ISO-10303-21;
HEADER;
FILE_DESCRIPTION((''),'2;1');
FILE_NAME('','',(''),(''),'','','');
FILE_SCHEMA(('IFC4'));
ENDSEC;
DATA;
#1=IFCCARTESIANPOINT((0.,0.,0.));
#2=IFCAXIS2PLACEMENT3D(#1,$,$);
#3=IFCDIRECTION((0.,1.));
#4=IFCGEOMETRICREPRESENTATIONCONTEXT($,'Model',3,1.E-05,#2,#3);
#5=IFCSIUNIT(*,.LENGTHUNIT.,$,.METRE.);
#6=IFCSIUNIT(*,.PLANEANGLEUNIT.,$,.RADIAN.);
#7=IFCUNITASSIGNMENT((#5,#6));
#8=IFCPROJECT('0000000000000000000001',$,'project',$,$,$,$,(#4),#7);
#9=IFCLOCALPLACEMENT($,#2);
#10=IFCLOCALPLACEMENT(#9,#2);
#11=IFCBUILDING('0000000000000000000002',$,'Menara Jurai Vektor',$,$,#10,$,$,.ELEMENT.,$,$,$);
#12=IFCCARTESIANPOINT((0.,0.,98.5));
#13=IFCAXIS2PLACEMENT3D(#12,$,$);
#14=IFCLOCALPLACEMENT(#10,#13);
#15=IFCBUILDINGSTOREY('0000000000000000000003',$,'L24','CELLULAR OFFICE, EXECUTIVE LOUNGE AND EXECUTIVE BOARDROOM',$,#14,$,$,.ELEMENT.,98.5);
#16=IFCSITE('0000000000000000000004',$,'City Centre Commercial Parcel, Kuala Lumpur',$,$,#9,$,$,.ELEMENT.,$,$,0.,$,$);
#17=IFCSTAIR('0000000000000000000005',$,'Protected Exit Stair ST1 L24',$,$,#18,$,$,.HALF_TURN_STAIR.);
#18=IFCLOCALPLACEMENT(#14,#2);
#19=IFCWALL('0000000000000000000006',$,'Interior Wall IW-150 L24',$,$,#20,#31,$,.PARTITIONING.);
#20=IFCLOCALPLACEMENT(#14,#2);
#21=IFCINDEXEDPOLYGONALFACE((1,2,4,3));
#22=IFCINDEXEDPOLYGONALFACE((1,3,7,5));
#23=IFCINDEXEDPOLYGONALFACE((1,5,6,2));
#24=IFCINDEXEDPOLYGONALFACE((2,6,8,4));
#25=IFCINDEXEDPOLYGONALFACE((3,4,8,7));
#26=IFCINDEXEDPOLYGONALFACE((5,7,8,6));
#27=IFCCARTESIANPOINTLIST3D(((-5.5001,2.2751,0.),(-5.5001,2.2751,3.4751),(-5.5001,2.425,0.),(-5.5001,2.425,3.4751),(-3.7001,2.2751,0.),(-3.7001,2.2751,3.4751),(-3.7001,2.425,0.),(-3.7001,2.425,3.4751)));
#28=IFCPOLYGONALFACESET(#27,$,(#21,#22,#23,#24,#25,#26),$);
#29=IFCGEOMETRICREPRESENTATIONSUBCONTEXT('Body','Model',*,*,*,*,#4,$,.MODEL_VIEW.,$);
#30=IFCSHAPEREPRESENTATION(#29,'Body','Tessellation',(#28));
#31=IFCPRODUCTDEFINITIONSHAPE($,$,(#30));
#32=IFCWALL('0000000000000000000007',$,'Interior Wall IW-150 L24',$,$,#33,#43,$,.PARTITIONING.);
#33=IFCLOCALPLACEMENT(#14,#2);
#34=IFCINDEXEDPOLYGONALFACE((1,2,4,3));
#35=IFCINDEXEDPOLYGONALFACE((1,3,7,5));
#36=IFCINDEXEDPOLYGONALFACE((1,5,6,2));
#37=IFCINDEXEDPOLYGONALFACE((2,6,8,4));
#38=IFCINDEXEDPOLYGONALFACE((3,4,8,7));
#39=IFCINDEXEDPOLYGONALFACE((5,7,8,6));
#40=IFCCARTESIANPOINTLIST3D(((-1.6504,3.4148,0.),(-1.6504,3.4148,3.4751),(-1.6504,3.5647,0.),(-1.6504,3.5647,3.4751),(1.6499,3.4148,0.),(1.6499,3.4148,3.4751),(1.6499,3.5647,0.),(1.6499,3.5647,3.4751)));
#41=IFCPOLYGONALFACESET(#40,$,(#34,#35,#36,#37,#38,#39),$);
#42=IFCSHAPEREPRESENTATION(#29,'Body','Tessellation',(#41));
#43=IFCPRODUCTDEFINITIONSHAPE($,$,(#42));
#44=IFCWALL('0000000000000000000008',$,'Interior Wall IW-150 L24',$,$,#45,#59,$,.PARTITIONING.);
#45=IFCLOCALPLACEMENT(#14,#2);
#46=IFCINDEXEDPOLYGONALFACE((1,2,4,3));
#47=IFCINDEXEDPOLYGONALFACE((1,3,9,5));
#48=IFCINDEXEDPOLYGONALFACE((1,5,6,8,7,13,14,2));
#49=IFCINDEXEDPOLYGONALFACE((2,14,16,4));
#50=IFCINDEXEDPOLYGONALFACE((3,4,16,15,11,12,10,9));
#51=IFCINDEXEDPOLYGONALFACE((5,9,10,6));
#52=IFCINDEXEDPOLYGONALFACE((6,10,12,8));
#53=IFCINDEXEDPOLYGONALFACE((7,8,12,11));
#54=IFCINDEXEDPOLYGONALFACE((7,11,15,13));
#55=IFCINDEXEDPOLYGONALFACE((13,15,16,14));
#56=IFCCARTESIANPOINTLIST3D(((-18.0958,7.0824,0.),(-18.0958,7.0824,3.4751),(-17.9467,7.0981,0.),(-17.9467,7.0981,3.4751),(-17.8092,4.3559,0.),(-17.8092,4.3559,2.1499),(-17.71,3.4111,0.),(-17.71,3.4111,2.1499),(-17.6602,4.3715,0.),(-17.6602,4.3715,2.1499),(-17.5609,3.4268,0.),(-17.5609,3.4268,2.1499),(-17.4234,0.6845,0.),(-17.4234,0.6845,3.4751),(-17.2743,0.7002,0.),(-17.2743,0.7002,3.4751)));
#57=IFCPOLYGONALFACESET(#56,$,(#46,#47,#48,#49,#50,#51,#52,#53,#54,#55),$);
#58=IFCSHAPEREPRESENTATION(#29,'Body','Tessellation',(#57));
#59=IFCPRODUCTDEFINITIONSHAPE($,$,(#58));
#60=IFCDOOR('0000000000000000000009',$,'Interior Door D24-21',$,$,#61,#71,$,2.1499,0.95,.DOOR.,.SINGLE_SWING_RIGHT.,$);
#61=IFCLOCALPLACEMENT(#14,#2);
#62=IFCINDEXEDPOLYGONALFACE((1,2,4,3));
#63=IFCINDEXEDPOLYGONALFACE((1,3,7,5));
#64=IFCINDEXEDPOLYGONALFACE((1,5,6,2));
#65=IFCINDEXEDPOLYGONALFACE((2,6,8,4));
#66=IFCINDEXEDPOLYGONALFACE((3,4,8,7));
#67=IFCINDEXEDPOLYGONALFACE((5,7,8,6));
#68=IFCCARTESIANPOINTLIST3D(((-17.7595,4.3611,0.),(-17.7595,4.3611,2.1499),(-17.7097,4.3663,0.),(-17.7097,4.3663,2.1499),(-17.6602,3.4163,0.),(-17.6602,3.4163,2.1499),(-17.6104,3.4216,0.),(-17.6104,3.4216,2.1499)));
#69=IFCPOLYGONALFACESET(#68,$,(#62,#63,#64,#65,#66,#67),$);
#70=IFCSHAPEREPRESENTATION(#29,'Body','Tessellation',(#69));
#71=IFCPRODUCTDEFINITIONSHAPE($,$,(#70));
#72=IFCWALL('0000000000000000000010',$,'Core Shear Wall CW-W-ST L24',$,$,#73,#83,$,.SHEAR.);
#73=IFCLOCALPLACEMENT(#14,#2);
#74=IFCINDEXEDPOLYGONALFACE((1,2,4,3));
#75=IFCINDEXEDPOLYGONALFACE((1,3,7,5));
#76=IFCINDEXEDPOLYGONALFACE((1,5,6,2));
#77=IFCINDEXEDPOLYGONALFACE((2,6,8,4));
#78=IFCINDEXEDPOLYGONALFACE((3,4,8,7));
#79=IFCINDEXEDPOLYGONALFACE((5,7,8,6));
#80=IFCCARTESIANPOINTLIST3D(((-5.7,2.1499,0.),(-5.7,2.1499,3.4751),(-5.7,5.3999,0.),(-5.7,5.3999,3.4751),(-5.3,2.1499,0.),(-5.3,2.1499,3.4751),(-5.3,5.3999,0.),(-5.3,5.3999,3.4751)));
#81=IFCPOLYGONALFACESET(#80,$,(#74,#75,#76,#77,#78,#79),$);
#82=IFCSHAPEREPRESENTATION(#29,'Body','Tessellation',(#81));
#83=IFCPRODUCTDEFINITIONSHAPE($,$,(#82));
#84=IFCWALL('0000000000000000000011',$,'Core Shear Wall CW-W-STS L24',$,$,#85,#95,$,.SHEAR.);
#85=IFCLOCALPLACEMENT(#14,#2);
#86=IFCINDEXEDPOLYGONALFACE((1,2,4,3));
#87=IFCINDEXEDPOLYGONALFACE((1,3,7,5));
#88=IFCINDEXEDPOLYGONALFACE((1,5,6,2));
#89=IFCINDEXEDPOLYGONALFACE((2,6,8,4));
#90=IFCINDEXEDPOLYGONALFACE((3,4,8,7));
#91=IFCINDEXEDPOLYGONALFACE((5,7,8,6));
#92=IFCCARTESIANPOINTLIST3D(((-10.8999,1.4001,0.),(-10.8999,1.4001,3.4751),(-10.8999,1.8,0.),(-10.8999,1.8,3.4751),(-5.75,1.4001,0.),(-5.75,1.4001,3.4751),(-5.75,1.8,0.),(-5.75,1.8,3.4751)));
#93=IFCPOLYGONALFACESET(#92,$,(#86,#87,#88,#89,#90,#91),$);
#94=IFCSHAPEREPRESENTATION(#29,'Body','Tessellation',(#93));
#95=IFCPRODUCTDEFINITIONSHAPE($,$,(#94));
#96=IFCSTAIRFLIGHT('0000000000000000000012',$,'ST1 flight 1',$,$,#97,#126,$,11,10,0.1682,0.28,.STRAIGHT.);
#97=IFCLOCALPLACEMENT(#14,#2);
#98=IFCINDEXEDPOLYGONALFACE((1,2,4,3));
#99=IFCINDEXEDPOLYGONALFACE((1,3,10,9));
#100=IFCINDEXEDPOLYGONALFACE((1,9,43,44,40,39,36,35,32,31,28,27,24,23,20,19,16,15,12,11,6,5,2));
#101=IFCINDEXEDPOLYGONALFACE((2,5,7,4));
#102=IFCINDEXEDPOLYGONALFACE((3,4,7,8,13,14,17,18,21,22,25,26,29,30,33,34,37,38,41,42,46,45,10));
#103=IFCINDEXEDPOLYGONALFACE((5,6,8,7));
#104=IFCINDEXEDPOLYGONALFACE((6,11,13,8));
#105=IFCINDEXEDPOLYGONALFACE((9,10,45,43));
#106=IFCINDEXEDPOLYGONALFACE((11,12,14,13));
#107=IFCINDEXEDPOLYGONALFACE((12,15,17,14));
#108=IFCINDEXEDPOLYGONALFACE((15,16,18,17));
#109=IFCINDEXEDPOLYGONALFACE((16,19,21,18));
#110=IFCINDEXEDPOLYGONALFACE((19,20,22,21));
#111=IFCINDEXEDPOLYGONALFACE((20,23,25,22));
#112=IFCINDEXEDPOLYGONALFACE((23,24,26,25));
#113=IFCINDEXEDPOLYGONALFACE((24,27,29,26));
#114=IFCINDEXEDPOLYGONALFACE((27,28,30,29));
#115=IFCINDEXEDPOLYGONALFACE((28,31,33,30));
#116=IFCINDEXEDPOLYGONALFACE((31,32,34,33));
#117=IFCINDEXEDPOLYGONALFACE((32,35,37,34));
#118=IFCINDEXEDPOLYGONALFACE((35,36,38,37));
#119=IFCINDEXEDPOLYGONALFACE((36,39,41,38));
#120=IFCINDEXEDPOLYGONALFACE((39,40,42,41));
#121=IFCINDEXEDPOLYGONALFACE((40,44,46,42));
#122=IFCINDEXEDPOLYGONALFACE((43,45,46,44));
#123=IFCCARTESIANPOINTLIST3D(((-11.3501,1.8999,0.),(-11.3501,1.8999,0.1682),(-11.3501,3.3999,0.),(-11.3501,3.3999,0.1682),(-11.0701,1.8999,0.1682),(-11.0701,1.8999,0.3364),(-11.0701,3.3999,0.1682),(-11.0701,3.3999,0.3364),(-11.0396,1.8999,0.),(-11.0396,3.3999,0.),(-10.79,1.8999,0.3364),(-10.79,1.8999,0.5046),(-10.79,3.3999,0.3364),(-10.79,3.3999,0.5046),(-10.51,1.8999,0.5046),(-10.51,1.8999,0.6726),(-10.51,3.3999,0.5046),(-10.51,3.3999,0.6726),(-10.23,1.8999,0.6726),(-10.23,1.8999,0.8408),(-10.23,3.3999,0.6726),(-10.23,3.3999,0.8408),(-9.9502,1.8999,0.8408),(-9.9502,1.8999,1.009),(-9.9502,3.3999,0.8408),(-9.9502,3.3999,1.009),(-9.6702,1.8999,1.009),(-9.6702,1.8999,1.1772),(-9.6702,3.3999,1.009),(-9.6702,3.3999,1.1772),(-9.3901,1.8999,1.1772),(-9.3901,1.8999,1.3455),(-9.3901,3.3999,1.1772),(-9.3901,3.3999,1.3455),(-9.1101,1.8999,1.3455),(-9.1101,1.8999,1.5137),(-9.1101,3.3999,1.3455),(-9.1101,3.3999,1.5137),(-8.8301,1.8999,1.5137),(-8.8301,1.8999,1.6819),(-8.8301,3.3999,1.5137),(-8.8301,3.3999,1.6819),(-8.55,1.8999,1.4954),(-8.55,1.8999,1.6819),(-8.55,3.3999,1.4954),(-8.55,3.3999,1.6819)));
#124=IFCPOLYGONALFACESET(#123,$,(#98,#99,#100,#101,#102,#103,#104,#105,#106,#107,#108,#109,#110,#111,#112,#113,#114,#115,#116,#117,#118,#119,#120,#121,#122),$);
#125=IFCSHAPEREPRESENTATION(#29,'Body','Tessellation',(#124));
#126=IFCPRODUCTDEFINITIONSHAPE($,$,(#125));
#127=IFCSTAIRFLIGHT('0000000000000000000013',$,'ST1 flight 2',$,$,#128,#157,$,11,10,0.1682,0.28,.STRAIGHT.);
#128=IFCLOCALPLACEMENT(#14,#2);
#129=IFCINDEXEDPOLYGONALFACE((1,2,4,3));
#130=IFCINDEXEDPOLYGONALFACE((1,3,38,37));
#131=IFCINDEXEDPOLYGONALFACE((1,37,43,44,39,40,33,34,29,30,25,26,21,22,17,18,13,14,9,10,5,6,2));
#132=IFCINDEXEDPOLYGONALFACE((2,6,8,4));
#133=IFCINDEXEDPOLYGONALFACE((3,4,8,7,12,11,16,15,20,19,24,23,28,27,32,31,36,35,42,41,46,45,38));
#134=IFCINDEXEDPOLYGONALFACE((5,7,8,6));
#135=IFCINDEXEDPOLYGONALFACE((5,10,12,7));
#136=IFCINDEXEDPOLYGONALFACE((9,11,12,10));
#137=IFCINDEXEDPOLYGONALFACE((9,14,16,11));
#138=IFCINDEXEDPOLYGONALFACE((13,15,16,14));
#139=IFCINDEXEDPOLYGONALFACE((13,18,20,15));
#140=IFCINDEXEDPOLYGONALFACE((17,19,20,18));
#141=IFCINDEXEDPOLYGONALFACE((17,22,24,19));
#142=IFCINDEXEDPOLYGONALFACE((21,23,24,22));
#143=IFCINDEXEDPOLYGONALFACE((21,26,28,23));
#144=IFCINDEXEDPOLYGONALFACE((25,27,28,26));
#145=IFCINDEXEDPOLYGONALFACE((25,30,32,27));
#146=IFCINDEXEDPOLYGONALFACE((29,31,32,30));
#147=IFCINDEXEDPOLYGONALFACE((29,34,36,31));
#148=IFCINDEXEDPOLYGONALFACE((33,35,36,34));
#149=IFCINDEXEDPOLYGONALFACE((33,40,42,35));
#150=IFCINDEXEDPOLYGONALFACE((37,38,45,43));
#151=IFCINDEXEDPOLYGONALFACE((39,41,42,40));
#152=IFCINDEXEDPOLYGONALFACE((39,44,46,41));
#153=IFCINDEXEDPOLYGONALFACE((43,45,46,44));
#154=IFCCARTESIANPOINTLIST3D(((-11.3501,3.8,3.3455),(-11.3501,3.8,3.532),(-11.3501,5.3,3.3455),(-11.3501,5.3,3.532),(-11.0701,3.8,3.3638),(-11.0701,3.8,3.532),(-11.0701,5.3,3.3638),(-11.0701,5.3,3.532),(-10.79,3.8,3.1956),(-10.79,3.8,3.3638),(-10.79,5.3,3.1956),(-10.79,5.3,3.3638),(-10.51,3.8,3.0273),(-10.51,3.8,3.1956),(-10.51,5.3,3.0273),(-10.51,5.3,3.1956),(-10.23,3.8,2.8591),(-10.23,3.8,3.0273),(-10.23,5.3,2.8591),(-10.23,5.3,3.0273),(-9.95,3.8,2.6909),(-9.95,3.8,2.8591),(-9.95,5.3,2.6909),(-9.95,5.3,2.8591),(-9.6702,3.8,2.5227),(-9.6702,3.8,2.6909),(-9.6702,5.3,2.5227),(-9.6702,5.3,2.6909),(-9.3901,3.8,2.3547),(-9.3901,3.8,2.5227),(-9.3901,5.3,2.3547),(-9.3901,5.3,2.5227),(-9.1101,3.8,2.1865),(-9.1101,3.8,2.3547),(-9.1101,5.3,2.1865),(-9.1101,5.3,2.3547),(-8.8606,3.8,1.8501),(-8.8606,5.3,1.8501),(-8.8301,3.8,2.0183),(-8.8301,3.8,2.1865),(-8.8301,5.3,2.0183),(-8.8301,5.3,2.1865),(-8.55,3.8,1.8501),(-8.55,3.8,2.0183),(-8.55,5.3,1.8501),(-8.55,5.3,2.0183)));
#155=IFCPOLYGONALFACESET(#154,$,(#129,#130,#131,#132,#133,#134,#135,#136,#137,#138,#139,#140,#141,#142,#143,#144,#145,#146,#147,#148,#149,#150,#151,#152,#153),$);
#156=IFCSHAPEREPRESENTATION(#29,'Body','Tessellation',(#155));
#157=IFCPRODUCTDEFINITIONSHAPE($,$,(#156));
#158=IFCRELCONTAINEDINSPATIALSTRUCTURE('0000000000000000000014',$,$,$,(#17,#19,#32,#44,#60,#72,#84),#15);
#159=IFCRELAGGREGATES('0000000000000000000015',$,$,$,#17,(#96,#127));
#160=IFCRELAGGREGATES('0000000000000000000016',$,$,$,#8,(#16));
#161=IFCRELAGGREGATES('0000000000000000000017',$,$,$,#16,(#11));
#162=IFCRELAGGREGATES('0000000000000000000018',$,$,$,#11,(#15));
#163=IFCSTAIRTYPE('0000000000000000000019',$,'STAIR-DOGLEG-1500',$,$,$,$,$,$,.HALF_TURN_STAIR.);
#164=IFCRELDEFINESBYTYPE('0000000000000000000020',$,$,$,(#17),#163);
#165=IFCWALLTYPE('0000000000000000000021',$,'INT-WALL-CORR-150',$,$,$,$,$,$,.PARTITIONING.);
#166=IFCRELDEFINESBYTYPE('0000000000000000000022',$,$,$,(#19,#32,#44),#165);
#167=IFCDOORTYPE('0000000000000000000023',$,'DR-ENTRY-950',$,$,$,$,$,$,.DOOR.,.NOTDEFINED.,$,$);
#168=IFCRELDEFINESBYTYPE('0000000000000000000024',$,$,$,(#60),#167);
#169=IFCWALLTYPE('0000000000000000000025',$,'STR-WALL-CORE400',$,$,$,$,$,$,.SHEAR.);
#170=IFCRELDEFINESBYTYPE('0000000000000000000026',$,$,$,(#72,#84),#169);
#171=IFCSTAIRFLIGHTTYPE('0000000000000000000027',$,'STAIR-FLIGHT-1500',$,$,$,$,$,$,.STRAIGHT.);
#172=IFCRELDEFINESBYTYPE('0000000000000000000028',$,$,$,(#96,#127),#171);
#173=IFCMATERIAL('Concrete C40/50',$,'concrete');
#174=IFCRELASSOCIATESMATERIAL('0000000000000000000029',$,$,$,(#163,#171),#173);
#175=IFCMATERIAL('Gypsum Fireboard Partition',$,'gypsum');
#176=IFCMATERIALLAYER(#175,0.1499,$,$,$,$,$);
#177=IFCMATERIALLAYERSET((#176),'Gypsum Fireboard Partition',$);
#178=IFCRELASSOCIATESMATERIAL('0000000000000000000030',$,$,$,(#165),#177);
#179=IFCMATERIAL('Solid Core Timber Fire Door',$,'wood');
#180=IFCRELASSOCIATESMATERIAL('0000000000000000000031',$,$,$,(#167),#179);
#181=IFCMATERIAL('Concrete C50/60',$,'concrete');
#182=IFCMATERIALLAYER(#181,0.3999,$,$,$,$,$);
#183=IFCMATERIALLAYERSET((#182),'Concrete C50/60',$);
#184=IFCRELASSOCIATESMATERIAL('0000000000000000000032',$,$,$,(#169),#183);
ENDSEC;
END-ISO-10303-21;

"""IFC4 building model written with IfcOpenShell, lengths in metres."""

from ifc_helpers import new_model, si_unit, direction, frame, frame_2d, origin, place, context, subcontext, project, spatial, polyline, rectangle, outline, extrude, material, layer, layer_set, type_object, element, fill, aggregate, save


model = new_model("IFC4")

# Units and contexts
model_context = context("Model", 3, precision=1e-05, world=origin(), true_north=direction((0.0, 1.0)))
body_context = subcontext(model_context, "Body", "Model", "MODEL_VIEW")
ifc_project = project(units=[si_unit("LENGTHUNIT", "METRE"), si_unit("PLANEANGLEUNIT", "RADIAN")], contexts=[model_context])

# Site, building, storey
site_placement = place(None, origin())
site = spatial("IfcSite", under=ifc_project, at=site_placement, Name="City Centre Commercial Parcel, Kuala Lumpur", CompositionType="ELEMENT", RefElevation=0.0)
building_placement = place(site_placement, origin())
building = spatial("IfcBuilding", under=site, at=building_placement, Name="Menara Jurai Vektor", CompositionType="ELEMENT")
storey_placement = place(building_placement, frame((0.0, 0.0, 98.5)))
storey = spatial("IfcBuildingStorey", under=building, at=storey_placement, Name="L24", Description="CELLULAR OFFICE, EXECUTIVE LOUNGE AND EXECUTIVE BOARDROOM", CompositionType="ELEMENT", Elevation=98.5)

# Shared definitions
ifc_material_1 = material(Name="Concrete C50/60", Category="concrete")

# Stair
ifc_material_2 = material(Name="Concrete C40/50", Category="concrete")
stair_type = type_object("IfcStairType", Name="STAIR-DOGLEG-1500", PredefinedType="HALF_TURN_STAIR", material=ifc_material_2)
stair_1_placement = place(storey_placement, origin())
stair_1 = element("IfcStair", 1, at=stair_1_placement, inside=storey, type_object=stair_type, Name="Protected Exit Stair ST1 L24", PredefinedType="HALF_TURN_STAIR")

# Walls
ifc_material_3 = material(Name="Gypsum Fireboard Partition", Category="gypsum")
ifc_layer_1 = layer(ifc_material_3, 0.1499)
ifc_layer_set_1 = layer_set([ifc_layer_1], Name="Gypsum Fireboard Partition")
wall_type_1 = type_object("IfcWallType", Name="INT-WALL-CORR-150", PredefinedType="PARTITIONING", material=ifc_layer_set_1)
for number, where, z_axis, x_axis, name in (
    (2, (-5.5, 2.3501, 0.0), (0.0, 0.0, 1.0), (1.0, 0.0, 0.0), "Interior Wall IW-150 L24"),
):
    element("IfcWall", number, at=place(storey_placement, frame(where, z_axis=z_axis, x_axis=x_axis)), inside=storey, type_object=wall_type_1, Name=name, PredefinedType="PARTITIONING", context=body_context, shape_type="SweptSolid", body=[
        extrude(rectangle(XDim=1.8, YDim=0.1499, at=frame_2d((0.8999, 0.0))), origin(), (0.0, 0.0, 1.0), 3.4751),
    ])
wall_1_placement = place(storey_placement, frame((-1.6504, 3.4897, 0.0), z_axis=(0.0, 0.0, 1.0), x_axis=(1.0, 0.0, 0.0)))
element("IfcWall", 3, at=wall_1_placement, inside=storey, type_object=wall_type_1, Name="Interior Wall IW-150 L24", PredefinedType="PARTITIONING", context=body_context, shape_type="SweptSolid", body=[
    extrude(rectangle(XDim=3.3003, YDim=0.1499, at=frame_2d((1.6501, 0.0))), origin(), (0.0, 0.0, 1.0), 3.4751),
])

# Wall, opening, door
wall_2_placement = place(storey_placement, frame((-17.3489, 0.6924, 0.0), z_axis=(0.0, 0.0, 1.0), x_axis=(-0.104515, 0.994523, 0.0)))
wall_2 = element("IfcWall", 4, at=wall_2_placement, inside=storey, type_object=wall_type_1, Name="Interior Wall IW-150 L24", PredefinedType="PARTITIONING", context=body_context, shape_type="SweptSolid", body=[
    extrude(rectangle(XDim=6.4331, YDim=0.1499, at=frame_2d((3.2166, 0.0))), origin(), (0.0, 0.0, 1.0), 3.4751),
])
opening_1_placement = place(wall_2_placement, frame((2.7415, 0.0, 0.0)))
opening_1 = element("IfcOpeningElement", 5, at=opening_1_placement, cuts=wall_2, PredefinedType="OPENING", context=body_context, shape_type="SweptSolid", body=[
    extrude(rectangle(XDim=0.95, YDim=2.1499, at=frame_2d((0.4751, 1.075))), frame((0.0, 0.085, 0.0), z_axis=(0.0, -1.0, 0.0), x_axis=(1.0, 0.0, 0.0)), (0.0, 0.0, 1.0), 0.1699),
])
ifc_material_4 = material(Name="Solid Core Timber Fire Door", Category="wood")
door_type_1 = type_object("IfcDoorType", Name="DR-ENTRY-950", OperationType="NOTDEFINED", PredefinedType="DOOR", material=ifc_material_4)
door_1_placement = place(opening_1_placement, origin())
door_1 = element("IfcDoor", 6, at=door_1_placement, inside=storey, type_object=door_type_1, Name="Interior Door D24-21", OperationType="SINGLE_SWING_RIGHT", OverallHeight=2.1499, OverallWidth=0.95, PredefinedType="DOOR", context=body_context, shape_type="SweptSolid", body=[
    extrude(rectangle(XDim=0.95, YDim=2.1499, at=frame_2d((0.4751, 1.075))), frame((0.0, 0.0249, 0.0), z_axis=(0.0, -1.0, 0.0), x_axis=(1.0, 0.0, 0.0)), (0.0, 0.0, 1.0), 0.05),
])
fill(opening_1, door_1)

# Walls
ifc_layer_2 = layer(ifc_material_1, 0.3999)
ifc_layer_set_2 = layer_set([ifc_layer_2], Name="Concrete C50/60")
wall_type_2 = type_object("IfcWallType", Name="STR-WALL-CORE400", PredefinedType="SHEAR", material=ifc_layer_set_2)
wall_3_placement = place(storey_placement, frame((-5.5, 2.1499, 0.0), z_axis=(0.0, 0.0, 1.0), x_axis=(0.0, 1.0, 0.0)))
element("IfcWall", 7, at=wall_3_placement, inside=storey, type_object=wall_type_2, Name="Core Shear Wall CW-W-ST L24", PredefinedType="SHEAR", context=body_context, shape_type="SweptSolid", body=[
    extrude(rectangle(XDim=3.25, YDim=0.3999, at=frame_2d((1.625, 0.0))), origin(), (0.0, 0.0, 1.0), 3.4751),
])
wall_4_placement = place(storey_placement, frame((-10.8999, 1.6001, 0.0), z_axis=(0.0, 0.0, 1.0), x_axis=(1.0, 0.0, 0.0)))
element("IfcWall", 8, at=wall_4_placement, inside=storey, type_object=wall_type_2, Name="Core Shear Wall CW-W-STS L24", PredefinedType="SHEAR", context=body_context, shape_type="SweptSolid", body=[
    extrude(rectangle(XDim=5.1499, YDim=0.3999, at=frame_2d((2.575, 0.0))), origin(), (0.0, 0.0, 1.0), 3.4751),
])

# Stair flights
stair_flight_type = type_object("IfcStairFlightType", Name="STAIR-FLIGHT-1500", PredefinedType="STRAIGHT", material=ifc_material_2)
stair_flight_1_placement = place(storey_placement, frame((-11.3501, 2.6499, 0.0), z_axis=(0.0, 0.0, 1.0), x_axis=(1.0, 0.0, 0.0)))
stair_flight_1 = element("IfcStairFlight", 9, at=stair_flight_1_placement, type_object=stair_flight_type, Name="ST1 flight 1", NumberOfRisers=11, NumberOfTreads=10, PredefinedType="STRAIGHT", RiserHeight=0.1682, TreadLength=0.28, context=body_context, shape_type="SweptSolid", body=[
    extrude(outline(polyline([(0.0, 0.0), (0.0, 0.1682), (0.28, 0.1682), (0.28, 0.3364), (0.5601, 0.3364), (0.5601, 0.5046), (0.8401, 0.5046), (0.8401, 0.6726), (1.1201, 0.6726), (1.1201, 0.8408), (1.3999, 0.8408), (1.3999, 1.009), (1.6799, 1.009), (1.6799, 1.1772), (1.96, 1.1772), (1.96, 1.3455), (2.24, 1.3455), (2.24, 1.5137), (2.52, 1.5137), (2.52, 1.6819), (2.8, 1.6819), (2.8, 1.8501), (2.8, 1.4954), (0.3105, 0.0), (0.0, 0.0)])), frame((0.0, 0.75, 0.0), z_axis=(0.0, -1.0, 0.0), x_axis=(1.0, 0.0, 0.0)), (0.0, 0.0, 1.0), 1.5),
])
stair_flight_2_placement = place(storey_placement, frame((-8.55, 4.55, 1.8501), z_axis=(0.0, 0.0, 1.0), x_axis=(-1.0, 0.0, 0.0)))
stair_flight_2 = element("IfcStairFlight", 10, at=stair_flight_2_placement, type_object=stair_flight_type, Name="ST1 flight 2", NumberOfRisers=11, NumberOfTreads=10, PredefinedType="STRAIGHT", RiserHeight=0.1682, TreadLength=0.28, context=body_context, shape_type="SweptSolid", body=[
    extrude(outline(polyline([(0.0, 0.0), (0.0, 0.1682), (0.28, 0.1682), (0.28, 0.3364), (0.5601, 0.3364), (0.5601, 0.5046), (0.8401, 0.5046), (0.8401, 0.6726), (1.1201, 0.6726), (1.1201, 0.8408), (1.3999, 0.8408), (1.3999, 1.009), (1.6799, 1.009), (1.6799, 1.1772), (1.96, 1.1772), (1.96, 1.3455), (2.24, 1.3455), (2.24, 1.5137), (2.52, 1.5137), (2.52, 1.6819), (2.8, 1.6819), (2.8, 1.8501), (2.8, 1.4954), (0.3105, 0.0), (0.0, 0.0)])), frame((0.0, 0.75, 0.0), z_axis=(0.0, -1.0, 0.0), x_axis=(1.0, 0.0, 0.0)), (0.0, 0.0, 1.0), 1.5),
])
aggregate(stair_1, [stair_flight_1, stair_flight_2])

save(model, "model.ifc")
